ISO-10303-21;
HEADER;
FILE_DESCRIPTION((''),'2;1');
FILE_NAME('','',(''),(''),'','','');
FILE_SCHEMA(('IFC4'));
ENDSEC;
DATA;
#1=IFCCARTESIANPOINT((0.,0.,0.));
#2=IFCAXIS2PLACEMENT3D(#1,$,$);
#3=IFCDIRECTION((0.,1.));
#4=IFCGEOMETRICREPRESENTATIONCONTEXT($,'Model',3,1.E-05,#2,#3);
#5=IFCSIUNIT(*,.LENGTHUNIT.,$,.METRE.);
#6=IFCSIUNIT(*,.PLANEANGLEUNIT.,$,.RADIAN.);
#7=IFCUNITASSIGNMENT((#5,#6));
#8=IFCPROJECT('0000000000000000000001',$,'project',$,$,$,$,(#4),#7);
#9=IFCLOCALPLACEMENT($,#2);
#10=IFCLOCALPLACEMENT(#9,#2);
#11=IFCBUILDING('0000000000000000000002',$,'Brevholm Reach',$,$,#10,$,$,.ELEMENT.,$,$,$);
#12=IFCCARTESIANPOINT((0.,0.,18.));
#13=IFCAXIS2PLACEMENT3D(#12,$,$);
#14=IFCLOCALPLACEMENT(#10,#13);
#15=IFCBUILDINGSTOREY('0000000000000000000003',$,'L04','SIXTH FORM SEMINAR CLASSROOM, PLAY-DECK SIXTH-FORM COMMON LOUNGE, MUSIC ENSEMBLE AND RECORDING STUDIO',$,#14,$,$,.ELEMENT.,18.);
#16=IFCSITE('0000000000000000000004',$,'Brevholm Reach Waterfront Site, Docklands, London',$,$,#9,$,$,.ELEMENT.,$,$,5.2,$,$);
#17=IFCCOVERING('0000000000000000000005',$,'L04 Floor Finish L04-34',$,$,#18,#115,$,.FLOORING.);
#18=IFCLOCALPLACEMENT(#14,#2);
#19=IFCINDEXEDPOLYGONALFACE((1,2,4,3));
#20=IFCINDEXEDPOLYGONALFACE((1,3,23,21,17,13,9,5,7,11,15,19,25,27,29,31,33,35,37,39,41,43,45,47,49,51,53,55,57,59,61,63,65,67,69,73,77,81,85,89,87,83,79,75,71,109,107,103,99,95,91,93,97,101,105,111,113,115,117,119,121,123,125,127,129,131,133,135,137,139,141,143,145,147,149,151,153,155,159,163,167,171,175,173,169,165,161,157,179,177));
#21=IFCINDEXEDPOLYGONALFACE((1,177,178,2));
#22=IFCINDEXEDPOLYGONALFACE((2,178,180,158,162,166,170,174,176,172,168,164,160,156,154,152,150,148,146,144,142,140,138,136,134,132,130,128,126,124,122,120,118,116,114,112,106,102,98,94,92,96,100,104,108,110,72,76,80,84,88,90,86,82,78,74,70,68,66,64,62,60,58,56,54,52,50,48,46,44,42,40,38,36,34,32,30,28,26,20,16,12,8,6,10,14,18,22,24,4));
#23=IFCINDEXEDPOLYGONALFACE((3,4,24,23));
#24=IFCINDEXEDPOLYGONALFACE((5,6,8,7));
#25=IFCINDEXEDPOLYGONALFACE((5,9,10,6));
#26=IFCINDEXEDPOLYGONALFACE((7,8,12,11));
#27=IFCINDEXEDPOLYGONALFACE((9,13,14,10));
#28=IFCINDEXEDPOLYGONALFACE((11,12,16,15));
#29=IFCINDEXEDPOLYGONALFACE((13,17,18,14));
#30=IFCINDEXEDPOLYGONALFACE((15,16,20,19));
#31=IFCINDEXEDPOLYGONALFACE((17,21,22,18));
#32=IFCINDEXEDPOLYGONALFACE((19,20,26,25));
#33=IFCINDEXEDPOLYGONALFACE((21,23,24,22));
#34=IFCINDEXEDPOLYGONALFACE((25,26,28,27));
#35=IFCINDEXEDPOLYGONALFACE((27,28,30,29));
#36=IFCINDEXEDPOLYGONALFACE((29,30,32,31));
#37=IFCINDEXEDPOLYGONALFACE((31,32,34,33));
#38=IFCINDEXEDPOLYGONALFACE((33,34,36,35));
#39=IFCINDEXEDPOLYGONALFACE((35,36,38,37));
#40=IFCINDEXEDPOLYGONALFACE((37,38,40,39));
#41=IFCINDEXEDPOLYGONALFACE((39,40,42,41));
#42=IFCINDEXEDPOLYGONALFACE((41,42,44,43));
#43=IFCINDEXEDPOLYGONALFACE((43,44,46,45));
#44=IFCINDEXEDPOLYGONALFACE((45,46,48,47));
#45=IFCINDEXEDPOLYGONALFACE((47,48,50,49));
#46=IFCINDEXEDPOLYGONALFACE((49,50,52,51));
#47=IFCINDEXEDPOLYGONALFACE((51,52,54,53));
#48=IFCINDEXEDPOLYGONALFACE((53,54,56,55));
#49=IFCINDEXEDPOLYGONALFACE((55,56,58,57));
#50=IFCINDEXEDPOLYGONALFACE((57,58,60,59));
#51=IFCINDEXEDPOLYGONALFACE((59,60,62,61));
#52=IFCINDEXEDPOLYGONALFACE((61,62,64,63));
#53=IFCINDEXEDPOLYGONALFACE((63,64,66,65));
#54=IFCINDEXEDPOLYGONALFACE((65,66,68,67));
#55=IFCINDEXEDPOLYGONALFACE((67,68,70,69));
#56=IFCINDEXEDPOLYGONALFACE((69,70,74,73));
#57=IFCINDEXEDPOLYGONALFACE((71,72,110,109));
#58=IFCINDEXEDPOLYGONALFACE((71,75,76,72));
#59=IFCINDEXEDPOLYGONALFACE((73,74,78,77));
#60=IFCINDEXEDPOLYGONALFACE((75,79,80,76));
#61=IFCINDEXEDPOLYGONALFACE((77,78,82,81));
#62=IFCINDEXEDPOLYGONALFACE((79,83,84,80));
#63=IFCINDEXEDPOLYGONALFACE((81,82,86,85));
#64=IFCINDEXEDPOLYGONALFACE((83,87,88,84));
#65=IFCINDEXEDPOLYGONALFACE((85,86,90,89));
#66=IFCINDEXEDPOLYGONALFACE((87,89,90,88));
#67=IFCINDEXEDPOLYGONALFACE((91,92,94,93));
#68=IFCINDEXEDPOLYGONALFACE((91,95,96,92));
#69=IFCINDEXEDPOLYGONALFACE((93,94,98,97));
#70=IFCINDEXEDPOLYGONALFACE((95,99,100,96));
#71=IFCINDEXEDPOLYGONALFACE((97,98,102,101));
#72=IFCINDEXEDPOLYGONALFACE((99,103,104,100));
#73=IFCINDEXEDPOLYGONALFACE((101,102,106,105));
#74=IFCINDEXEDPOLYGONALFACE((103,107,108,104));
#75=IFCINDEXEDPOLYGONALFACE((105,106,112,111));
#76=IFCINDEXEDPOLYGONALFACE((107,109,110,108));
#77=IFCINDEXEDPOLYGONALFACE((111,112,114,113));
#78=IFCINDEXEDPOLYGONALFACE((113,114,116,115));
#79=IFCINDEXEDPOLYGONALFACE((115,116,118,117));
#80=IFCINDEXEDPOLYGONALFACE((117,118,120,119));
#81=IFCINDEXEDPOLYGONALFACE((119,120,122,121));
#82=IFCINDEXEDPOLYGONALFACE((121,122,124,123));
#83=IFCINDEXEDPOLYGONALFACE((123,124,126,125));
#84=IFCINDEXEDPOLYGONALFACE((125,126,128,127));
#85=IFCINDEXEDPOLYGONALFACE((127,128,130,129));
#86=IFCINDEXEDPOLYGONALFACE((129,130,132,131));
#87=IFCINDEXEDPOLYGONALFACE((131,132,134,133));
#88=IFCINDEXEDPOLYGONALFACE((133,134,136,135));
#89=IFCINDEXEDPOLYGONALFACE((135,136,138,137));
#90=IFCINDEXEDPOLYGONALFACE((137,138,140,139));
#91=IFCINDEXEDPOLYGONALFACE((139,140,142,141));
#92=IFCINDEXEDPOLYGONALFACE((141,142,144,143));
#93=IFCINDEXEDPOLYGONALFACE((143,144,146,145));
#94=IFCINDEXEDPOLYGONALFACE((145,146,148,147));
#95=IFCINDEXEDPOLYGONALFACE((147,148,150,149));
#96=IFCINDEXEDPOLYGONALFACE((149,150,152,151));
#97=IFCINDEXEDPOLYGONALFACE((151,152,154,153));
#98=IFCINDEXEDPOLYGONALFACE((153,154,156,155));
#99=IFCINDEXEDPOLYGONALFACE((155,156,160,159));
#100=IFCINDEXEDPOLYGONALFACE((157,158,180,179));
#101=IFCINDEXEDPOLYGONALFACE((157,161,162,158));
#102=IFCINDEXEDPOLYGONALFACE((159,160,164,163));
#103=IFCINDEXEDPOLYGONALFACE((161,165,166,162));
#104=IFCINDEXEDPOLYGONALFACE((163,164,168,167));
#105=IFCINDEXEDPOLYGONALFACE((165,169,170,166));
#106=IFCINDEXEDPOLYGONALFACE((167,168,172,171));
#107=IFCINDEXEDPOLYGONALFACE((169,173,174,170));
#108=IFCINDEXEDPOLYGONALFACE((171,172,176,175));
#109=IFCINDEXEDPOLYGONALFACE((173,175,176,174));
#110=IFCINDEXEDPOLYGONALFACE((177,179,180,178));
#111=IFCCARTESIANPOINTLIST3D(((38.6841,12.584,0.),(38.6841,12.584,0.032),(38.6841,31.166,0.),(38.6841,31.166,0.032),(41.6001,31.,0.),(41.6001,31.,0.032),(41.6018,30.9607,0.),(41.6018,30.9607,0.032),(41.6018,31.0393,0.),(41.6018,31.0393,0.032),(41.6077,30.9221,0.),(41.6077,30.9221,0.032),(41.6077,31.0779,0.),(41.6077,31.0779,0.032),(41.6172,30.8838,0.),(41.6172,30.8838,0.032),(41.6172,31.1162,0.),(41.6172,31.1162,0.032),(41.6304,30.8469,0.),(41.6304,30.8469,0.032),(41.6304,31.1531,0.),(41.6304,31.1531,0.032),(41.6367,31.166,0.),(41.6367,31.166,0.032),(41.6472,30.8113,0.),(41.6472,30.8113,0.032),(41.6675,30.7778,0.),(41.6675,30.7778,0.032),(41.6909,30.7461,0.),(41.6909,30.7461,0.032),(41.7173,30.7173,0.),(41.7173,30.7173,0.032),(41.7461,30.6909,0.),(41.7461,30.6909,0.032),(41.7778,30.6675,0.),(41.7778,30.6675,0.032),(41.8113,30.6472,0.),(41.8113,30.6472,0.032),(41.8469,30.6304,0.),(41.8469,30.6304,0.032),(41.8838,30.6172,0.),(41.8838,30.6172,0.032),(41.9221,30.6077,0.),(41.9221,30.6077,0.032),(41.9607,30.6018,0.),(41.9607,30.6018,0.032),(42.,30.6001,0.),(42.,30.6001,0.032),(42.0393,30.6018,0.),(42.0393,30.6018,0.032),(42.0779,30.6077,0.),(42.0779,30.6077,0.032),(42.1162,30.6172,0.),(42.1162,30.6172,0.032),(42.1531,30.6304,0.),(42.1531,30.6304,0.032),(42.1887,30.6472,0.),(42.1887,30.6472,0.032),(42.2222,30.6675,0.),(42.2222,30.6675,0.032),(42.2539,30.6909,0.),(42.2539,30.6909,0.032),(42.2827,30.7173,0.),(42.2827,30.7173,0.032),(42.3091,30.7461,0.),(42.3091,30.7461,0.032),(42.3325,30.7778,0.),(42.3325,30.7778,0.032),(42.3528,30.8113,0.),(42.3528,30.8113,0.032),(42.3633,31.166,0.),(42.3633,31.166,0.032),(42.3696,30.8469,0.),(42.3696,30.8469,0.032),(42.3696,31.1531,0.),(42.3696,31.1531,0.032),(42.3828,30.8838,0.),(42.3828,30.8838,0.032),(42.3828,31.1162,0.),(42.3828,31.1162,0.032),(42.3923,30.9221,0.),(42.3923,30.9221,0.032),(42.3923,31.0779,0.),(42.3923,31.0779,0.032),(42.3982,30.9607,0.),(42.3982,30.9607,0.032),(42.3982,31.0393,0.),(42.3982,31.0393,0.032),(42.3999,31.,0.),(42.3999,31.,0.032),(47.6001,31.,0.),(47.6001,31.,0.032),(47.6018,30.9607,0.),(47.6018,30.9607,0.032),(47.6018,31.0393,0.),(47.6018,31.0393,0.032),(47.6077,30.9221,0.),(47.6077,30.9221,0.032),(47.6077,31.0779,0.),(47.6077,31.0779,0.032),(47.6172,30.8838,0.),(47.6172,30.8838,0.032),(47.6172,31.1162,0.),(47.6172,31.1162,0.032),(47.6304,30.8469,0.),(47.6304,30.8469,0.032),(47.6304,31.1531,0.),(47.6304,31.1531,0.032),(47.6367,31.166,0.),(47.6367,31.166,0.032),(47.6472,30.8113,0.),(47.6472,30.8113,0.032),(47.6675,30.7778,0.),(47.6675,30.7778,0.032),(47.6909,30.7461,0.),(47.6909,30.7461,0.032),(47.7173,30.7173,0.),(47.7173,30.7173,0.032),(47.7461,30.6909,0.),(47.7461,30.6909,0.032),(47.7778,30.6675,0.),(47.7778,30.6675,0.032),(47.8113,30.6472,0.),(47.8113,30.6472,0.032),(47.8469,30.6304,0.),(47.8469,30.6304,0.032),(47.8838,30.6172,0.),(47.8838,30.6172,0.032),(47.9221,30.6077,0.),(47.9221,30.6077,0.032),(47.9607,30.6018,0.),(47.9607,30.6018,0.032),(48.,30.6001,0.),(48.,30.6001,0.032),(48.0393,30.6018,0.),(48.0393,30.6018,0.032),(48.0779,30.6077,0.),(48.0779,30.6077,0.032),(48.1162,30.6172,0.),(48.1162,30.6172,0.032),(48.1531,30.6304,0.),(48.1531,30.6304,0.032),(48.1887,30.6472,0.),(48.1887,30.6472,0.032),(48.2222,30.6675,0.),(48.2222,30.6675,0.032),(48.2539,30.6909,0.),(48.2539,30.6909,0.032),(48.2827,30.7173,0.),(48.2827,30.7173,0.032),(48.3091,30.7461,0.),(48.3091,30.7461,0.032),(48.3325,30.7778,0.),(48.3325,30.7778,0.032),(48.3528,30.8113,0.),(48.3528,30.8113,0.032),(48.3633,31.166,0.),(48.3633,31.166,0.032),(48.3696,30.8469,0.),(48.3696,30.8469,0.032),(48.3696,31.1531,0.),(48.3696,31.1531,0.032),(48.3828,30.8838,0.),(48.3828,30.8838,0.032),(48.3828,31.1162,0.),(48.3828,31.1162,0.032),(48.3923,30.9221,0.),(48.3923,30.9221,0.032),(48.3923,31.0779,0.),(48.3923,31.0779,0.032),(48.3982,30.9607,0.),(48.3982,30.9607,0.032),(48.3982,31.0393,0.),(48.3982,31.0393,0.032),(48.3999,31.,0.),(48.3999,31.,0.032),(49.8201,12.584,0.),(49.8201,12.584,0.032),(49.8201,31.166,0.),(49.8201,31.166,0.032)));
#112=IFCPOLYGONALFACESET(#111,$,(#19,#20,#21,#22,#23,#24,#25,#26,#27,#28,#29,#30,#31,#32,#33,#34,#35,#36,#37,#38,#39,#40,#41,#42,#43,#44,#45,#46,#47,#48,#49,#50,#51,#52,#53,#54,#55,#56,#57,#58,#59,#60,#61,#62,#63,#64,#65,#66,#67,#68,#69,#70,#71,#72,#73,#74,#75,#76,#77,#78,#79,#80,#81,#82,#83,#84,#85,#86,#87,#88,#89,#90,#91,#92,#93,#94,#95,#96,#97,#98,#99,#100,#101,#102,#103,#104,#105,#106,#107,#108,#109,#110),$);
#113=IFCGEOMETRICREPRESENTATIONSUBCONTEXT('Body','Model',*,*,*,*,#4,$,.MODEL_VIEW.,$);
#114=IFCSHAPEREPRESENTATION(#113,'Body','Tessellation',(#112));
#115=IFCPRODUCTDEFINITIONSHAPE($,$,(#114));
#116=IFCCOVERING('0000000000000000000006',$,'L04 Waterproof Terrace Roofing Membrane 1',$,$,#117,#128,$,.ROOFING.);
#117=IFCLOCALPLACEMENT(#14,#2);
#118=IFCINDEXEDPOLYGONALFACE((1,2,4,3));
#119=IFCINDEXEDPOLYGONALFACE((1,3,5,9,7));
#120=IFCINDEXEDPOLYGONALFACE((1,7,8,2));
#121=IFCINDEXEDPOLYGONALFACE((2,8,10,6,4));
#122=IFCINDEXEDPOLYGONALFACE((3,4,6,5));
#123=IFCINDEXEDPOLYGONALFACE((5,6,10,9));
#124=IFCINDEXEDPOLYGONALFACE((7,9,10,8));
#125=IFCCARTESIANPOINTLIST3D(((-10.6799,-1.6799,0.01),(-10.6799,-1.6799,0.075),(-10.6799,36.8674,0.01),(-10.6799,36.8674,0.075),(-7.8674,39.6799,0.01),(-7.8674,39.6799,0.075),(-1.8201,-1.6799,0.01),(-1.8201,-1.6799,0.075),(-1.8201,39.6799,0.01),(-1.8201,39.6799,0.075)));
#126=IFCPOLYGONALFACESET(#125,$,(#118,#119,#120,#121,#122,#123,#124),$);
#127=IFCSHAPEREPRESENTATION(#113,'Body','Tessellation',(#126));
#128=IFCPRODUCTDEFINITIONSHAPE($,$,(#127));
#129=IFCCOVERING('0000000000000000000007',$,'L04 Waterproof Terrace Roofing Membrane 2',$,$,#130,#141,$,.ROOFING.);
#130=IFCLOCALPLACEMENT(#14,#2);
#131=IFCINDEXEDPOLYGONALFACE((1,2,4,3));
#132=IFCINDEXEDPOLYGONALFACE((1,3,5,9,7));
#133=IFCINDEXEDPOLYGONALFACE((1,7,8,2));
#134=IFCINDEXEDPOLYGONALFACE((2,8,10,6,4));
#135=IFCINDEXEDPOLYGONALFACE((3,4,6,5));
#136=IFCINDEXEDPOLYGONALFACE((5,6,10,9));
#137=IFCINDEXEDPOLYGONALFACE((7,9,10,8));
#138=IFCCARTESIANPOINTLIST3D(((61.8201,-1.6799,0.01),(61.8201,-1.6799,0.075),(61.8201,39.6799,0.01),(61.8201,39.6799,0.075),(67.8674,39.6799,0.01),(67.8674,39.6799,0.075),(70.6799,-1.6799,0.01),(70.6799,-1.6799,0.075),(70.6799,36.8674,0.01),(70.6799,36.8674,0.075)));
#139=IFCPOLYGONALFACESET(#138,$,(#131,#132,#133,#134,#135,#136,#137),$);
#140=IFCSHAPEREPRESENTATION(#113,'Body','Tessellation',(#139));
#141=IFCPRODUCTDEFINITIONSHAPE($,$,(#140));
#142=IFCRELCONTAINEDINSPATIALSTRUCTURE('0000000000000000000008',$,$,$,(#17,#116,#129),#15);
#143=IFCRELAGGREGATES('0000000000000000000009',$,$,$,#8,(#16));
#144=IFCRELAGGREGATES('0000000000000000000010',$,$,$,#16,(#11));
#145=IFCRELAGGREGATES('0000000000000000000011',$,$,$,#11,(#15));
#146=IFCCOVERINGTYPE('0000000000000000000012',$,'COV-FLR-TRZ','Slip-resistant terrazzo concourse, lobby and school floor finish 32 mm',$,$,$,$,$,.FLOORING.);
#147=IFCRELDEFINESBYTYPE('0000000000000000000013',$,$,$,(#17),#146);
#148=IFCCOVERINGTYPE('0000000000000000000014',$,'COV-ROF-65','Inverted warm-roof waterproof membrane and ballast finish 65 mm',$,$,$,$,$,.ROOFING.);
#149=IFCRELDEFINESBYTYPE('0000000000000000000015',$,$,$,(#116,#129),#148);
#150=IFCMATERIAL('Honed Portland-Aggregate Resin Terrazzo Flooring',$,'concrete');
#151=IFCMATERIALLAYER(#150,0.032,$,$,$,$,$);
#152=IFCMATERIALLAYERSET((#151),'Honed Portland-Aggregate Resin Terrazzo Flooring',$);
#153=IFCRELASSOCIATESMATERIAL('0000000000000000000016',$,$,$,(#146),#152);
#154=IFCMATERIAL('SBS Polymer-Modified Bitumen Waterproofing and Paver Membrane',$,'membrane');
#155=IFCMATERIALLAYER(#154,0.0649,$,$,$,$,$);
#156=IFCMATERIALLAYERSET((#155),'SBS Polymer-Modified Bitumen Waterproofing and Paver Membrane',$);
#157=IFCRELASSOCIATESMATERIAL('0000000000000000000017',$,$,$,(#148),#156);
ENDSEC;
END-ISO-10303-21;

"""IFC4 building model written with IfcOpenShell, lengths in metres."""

from ifc_helpers import new_model, si_unit, direction, frame, origin, place, context, subcontext, project, spatial, polyline, outline, extrude, material, layer, layer_set, type_object, element, save


model = new_model("IFC4")

# Units and contexts
model_context = context("Model", 3, precision=1e-05, world=origin(), true_north=direction((0.0, 1.0)))
body_context = subcontext(model_context, "Body", "Model", "MODEL_VIEW")
ifc_project = project(units=[si_unit("LENGTHUNIT", "METRE"), si_unit("PLANEANGLEUNIT", "RADIAN")], contexts=[model_context])

# Site, building, storey
site_placement = place(None, origin())
site = spatial("IfcSite", under=ifc_project, at=site_placement, Name="Brevholm Reach Waterfront Site, Docklands, London", CompositionType="ELEMENT", RefElevation=5.2)
building_placement = place(site_placement, origin())
building = spatial("IfcBuilding", under=site, at=building_placement, Name="Brevholm Reach", CompositionType="ELEMENT")
storey_placement = place(building_placement, frame((0.0, 0.0, 18.0)))
storey = spatial("IfcBuildingStorey", under=building, at=storey_placement, Name="L04", Description="SIXTH FORM SEMINAR CLASSROOM, PLAY-DECK SIXTH-FORM COMMON LOUNGE, MUSIC ENSEMBLE AND RECORDING STUDIO", CompositionType="ELEMENT", Elevation=18.0)

# Coverings
ifc_material_1 = material(Name="Honed Portland-Aggregate Resin Terrazzo Flooring", Category="concrete")
ifc_layer_1 = layer(ifc_material_1, 0.032)
ifc_layer_set_1 = layer_set([ifc_layer_1], Name="Honed Portland-Aggregate Resin Terrazzo Flooring")
covering_type_1 = type_object("IfcCoveringType", Name="COV-FLR-TRZ", Description="Slip-resistant terrazzo concourse, lobby and school floor finish 32 mm", PredefinedType="FLOORING", material=ifc_layer_set_1)
covering_1_placement = place(storey_placement, origin())
element("IfcCovering", 1, at=covering_1_placement, inside=storey, type_object=covering_type_1, Name="L04 Floor Finish L04-34", PredefinedType="FLOORING", context=body_context, shape_type="SweptSolid", body=[
    extrude(outline(polyline([(49.8201, 12.584), (38.6841, 12.584), (38.6841, 31.166), (41.6367, 31.166), (41.6304, 31.1531), (41.6172, 31.1162), (41.6077, 31.0779), (41.6018, 31.0393), (41.6001, 31.0), (41.6018, 30.9607), (41.6077, 30.9221), (41.6172, 30.8838), (41.6304, 30.8469), (41.6472, 30.8113), (41.6675, 30.7778), (41.6909, 30.7461), (41.7173, 30.7173), (41.7461, 30.6909), (41.7778, 30.6675), (41.8113, 30.6472), (41.8469, 30.6304), (41.8838, 30.6172), (41.9221, 30.6077), (41.9607, 30.6018), (42.0, 30.6001), (42.0393, 30.6018), (42.0779, 30.6077), (42.1162, 30.6172), (42.1531, 30.6304), (42.1887, 30.6472), (42.2222, 30.6675), (42.2539, 30.6909), (42.2827, 30.7173), (42.3091, 30.7461), (42.3325, 30.7778), (42.3528, 30.8113), (42.3696, 30.8469), (42.3828, 30.8838), (42.3923, 30.9221), (42.3982, 30.9607), (42.3999, 31.0), (42.3982, 31.0393), (42.3923, 31.0779), (42.3828, 31.1162), (42.3696, 31.1531), (42.3633, 31.166), (47.6367, 31.166), (47.6304, 31.1531), (47.6172, 31.1162), (47.6077, 31.0779), (47.6018, 31.0393), (47.6001, 31.0), (47.6018, 30.9607), (47.6077, 30.9221), (47.6172, 30.8838), (47.6304, 30.8469), (47.6472, 30.8113), (47.6675, 30.7778), (47.6909, 30.7461), (47.7173, 30.7173), (47.7461, 30.6909), (47.7778, 30.6675), (47.8113, 30.6472), (47.8469, 30.6304), (47.8838, 30.6172), (47.9221, 30.6077), (47.9607, 30.6018), (48.0, 30.6001), (48.0393, 30.6018), (48.0779, 30.6077), (48.1162, 30.6172), (48.1531, 30.6304), (48.1887, 30.6472), (48.2222, 30.6675), (48.2539, 30.6909), (48.2827, 30.7173), (48.3091, 30.7461), (48.3325, 30.7778), (48.3528, 30.8113), (48.3696, 30.8469), (48.3828, 30.8838), (48.3923, 30.9221), (48.3982, 30.9607), (48.3999, 31.0), (48.3982, 31.0393), (48.3923, 31.0779), (48.3828, 31.1162), (48.3696, 31.1531), (48.3633, 31.166), (49.8201, 31.166), (49.8201, 12.584)])), origin(), (0.0, 0.0, 1.0), 0.032),
])
ifc_material_2 = material(Name="SBS Polymer-Modified Bitumen Waterproofing and Paver Membrane", Category="membrane")
ifc_layer_2 = layer(ifc_material_2, 0.0649)
ifc_layer_set_2 = layer_set([ifc_layer_2], Name="SBS Polymer-Modified Bitumen Waterproofing and Paver Membrane")
covering_type_2 = type_object("IfcCoveringType", Name="COV-ROF-65", Description="Inverted warm-roof waterproof membrane and ballast finish 65 mm", PredefinedType="ROOFING", material=ifc_layer_set_2)
covering_2_placement = place(storey_placement, frame((0.0, 0.0, 0.01)))
element("IfcCovering", 2, at=covering_2_placement, inside=storey, type_object=covering_type_2, Name="L04 Waterproof Terrace Roofing Membrane 1", PredefinedType="ROOFING", context=body_context, shape_type="SweptSolid", body=[
    extrude(outline(polyline([(-10.6799, -1.6799), (-10.6799, 36.8674), (-7.8674, 39.6799), (-1.8201, 39.6799), (-1.8201, -1.6799), (-10.6799, -1.6799)])), origin(), (0.0, 0.0, 1.0), 0.0649),
])
covering_3_placement = place(storey_placement, frame((0.0, 0.0, 0.01)))
element("IfcCovering", 3, at=covering_3_placement, inside=storey, type_object=covering_type_2, Name="L04 Waterproof Terrace Roofing Membrane 2", PredefinedType="ROOFING", context=body_context, shape_type="SweptSolid", body=[
    extrude(outline(polyline([(61.8201, -1.6799), (61.8201, 39.6799), (67.8674, 39.6799), (70.6799, 36.8674), (70.6799, -1.6799), (61.8201, -1.6799)])), origin(), (0.0, 0.0, 1.0), 0.0649),
])

save(model, "model.ifc")
